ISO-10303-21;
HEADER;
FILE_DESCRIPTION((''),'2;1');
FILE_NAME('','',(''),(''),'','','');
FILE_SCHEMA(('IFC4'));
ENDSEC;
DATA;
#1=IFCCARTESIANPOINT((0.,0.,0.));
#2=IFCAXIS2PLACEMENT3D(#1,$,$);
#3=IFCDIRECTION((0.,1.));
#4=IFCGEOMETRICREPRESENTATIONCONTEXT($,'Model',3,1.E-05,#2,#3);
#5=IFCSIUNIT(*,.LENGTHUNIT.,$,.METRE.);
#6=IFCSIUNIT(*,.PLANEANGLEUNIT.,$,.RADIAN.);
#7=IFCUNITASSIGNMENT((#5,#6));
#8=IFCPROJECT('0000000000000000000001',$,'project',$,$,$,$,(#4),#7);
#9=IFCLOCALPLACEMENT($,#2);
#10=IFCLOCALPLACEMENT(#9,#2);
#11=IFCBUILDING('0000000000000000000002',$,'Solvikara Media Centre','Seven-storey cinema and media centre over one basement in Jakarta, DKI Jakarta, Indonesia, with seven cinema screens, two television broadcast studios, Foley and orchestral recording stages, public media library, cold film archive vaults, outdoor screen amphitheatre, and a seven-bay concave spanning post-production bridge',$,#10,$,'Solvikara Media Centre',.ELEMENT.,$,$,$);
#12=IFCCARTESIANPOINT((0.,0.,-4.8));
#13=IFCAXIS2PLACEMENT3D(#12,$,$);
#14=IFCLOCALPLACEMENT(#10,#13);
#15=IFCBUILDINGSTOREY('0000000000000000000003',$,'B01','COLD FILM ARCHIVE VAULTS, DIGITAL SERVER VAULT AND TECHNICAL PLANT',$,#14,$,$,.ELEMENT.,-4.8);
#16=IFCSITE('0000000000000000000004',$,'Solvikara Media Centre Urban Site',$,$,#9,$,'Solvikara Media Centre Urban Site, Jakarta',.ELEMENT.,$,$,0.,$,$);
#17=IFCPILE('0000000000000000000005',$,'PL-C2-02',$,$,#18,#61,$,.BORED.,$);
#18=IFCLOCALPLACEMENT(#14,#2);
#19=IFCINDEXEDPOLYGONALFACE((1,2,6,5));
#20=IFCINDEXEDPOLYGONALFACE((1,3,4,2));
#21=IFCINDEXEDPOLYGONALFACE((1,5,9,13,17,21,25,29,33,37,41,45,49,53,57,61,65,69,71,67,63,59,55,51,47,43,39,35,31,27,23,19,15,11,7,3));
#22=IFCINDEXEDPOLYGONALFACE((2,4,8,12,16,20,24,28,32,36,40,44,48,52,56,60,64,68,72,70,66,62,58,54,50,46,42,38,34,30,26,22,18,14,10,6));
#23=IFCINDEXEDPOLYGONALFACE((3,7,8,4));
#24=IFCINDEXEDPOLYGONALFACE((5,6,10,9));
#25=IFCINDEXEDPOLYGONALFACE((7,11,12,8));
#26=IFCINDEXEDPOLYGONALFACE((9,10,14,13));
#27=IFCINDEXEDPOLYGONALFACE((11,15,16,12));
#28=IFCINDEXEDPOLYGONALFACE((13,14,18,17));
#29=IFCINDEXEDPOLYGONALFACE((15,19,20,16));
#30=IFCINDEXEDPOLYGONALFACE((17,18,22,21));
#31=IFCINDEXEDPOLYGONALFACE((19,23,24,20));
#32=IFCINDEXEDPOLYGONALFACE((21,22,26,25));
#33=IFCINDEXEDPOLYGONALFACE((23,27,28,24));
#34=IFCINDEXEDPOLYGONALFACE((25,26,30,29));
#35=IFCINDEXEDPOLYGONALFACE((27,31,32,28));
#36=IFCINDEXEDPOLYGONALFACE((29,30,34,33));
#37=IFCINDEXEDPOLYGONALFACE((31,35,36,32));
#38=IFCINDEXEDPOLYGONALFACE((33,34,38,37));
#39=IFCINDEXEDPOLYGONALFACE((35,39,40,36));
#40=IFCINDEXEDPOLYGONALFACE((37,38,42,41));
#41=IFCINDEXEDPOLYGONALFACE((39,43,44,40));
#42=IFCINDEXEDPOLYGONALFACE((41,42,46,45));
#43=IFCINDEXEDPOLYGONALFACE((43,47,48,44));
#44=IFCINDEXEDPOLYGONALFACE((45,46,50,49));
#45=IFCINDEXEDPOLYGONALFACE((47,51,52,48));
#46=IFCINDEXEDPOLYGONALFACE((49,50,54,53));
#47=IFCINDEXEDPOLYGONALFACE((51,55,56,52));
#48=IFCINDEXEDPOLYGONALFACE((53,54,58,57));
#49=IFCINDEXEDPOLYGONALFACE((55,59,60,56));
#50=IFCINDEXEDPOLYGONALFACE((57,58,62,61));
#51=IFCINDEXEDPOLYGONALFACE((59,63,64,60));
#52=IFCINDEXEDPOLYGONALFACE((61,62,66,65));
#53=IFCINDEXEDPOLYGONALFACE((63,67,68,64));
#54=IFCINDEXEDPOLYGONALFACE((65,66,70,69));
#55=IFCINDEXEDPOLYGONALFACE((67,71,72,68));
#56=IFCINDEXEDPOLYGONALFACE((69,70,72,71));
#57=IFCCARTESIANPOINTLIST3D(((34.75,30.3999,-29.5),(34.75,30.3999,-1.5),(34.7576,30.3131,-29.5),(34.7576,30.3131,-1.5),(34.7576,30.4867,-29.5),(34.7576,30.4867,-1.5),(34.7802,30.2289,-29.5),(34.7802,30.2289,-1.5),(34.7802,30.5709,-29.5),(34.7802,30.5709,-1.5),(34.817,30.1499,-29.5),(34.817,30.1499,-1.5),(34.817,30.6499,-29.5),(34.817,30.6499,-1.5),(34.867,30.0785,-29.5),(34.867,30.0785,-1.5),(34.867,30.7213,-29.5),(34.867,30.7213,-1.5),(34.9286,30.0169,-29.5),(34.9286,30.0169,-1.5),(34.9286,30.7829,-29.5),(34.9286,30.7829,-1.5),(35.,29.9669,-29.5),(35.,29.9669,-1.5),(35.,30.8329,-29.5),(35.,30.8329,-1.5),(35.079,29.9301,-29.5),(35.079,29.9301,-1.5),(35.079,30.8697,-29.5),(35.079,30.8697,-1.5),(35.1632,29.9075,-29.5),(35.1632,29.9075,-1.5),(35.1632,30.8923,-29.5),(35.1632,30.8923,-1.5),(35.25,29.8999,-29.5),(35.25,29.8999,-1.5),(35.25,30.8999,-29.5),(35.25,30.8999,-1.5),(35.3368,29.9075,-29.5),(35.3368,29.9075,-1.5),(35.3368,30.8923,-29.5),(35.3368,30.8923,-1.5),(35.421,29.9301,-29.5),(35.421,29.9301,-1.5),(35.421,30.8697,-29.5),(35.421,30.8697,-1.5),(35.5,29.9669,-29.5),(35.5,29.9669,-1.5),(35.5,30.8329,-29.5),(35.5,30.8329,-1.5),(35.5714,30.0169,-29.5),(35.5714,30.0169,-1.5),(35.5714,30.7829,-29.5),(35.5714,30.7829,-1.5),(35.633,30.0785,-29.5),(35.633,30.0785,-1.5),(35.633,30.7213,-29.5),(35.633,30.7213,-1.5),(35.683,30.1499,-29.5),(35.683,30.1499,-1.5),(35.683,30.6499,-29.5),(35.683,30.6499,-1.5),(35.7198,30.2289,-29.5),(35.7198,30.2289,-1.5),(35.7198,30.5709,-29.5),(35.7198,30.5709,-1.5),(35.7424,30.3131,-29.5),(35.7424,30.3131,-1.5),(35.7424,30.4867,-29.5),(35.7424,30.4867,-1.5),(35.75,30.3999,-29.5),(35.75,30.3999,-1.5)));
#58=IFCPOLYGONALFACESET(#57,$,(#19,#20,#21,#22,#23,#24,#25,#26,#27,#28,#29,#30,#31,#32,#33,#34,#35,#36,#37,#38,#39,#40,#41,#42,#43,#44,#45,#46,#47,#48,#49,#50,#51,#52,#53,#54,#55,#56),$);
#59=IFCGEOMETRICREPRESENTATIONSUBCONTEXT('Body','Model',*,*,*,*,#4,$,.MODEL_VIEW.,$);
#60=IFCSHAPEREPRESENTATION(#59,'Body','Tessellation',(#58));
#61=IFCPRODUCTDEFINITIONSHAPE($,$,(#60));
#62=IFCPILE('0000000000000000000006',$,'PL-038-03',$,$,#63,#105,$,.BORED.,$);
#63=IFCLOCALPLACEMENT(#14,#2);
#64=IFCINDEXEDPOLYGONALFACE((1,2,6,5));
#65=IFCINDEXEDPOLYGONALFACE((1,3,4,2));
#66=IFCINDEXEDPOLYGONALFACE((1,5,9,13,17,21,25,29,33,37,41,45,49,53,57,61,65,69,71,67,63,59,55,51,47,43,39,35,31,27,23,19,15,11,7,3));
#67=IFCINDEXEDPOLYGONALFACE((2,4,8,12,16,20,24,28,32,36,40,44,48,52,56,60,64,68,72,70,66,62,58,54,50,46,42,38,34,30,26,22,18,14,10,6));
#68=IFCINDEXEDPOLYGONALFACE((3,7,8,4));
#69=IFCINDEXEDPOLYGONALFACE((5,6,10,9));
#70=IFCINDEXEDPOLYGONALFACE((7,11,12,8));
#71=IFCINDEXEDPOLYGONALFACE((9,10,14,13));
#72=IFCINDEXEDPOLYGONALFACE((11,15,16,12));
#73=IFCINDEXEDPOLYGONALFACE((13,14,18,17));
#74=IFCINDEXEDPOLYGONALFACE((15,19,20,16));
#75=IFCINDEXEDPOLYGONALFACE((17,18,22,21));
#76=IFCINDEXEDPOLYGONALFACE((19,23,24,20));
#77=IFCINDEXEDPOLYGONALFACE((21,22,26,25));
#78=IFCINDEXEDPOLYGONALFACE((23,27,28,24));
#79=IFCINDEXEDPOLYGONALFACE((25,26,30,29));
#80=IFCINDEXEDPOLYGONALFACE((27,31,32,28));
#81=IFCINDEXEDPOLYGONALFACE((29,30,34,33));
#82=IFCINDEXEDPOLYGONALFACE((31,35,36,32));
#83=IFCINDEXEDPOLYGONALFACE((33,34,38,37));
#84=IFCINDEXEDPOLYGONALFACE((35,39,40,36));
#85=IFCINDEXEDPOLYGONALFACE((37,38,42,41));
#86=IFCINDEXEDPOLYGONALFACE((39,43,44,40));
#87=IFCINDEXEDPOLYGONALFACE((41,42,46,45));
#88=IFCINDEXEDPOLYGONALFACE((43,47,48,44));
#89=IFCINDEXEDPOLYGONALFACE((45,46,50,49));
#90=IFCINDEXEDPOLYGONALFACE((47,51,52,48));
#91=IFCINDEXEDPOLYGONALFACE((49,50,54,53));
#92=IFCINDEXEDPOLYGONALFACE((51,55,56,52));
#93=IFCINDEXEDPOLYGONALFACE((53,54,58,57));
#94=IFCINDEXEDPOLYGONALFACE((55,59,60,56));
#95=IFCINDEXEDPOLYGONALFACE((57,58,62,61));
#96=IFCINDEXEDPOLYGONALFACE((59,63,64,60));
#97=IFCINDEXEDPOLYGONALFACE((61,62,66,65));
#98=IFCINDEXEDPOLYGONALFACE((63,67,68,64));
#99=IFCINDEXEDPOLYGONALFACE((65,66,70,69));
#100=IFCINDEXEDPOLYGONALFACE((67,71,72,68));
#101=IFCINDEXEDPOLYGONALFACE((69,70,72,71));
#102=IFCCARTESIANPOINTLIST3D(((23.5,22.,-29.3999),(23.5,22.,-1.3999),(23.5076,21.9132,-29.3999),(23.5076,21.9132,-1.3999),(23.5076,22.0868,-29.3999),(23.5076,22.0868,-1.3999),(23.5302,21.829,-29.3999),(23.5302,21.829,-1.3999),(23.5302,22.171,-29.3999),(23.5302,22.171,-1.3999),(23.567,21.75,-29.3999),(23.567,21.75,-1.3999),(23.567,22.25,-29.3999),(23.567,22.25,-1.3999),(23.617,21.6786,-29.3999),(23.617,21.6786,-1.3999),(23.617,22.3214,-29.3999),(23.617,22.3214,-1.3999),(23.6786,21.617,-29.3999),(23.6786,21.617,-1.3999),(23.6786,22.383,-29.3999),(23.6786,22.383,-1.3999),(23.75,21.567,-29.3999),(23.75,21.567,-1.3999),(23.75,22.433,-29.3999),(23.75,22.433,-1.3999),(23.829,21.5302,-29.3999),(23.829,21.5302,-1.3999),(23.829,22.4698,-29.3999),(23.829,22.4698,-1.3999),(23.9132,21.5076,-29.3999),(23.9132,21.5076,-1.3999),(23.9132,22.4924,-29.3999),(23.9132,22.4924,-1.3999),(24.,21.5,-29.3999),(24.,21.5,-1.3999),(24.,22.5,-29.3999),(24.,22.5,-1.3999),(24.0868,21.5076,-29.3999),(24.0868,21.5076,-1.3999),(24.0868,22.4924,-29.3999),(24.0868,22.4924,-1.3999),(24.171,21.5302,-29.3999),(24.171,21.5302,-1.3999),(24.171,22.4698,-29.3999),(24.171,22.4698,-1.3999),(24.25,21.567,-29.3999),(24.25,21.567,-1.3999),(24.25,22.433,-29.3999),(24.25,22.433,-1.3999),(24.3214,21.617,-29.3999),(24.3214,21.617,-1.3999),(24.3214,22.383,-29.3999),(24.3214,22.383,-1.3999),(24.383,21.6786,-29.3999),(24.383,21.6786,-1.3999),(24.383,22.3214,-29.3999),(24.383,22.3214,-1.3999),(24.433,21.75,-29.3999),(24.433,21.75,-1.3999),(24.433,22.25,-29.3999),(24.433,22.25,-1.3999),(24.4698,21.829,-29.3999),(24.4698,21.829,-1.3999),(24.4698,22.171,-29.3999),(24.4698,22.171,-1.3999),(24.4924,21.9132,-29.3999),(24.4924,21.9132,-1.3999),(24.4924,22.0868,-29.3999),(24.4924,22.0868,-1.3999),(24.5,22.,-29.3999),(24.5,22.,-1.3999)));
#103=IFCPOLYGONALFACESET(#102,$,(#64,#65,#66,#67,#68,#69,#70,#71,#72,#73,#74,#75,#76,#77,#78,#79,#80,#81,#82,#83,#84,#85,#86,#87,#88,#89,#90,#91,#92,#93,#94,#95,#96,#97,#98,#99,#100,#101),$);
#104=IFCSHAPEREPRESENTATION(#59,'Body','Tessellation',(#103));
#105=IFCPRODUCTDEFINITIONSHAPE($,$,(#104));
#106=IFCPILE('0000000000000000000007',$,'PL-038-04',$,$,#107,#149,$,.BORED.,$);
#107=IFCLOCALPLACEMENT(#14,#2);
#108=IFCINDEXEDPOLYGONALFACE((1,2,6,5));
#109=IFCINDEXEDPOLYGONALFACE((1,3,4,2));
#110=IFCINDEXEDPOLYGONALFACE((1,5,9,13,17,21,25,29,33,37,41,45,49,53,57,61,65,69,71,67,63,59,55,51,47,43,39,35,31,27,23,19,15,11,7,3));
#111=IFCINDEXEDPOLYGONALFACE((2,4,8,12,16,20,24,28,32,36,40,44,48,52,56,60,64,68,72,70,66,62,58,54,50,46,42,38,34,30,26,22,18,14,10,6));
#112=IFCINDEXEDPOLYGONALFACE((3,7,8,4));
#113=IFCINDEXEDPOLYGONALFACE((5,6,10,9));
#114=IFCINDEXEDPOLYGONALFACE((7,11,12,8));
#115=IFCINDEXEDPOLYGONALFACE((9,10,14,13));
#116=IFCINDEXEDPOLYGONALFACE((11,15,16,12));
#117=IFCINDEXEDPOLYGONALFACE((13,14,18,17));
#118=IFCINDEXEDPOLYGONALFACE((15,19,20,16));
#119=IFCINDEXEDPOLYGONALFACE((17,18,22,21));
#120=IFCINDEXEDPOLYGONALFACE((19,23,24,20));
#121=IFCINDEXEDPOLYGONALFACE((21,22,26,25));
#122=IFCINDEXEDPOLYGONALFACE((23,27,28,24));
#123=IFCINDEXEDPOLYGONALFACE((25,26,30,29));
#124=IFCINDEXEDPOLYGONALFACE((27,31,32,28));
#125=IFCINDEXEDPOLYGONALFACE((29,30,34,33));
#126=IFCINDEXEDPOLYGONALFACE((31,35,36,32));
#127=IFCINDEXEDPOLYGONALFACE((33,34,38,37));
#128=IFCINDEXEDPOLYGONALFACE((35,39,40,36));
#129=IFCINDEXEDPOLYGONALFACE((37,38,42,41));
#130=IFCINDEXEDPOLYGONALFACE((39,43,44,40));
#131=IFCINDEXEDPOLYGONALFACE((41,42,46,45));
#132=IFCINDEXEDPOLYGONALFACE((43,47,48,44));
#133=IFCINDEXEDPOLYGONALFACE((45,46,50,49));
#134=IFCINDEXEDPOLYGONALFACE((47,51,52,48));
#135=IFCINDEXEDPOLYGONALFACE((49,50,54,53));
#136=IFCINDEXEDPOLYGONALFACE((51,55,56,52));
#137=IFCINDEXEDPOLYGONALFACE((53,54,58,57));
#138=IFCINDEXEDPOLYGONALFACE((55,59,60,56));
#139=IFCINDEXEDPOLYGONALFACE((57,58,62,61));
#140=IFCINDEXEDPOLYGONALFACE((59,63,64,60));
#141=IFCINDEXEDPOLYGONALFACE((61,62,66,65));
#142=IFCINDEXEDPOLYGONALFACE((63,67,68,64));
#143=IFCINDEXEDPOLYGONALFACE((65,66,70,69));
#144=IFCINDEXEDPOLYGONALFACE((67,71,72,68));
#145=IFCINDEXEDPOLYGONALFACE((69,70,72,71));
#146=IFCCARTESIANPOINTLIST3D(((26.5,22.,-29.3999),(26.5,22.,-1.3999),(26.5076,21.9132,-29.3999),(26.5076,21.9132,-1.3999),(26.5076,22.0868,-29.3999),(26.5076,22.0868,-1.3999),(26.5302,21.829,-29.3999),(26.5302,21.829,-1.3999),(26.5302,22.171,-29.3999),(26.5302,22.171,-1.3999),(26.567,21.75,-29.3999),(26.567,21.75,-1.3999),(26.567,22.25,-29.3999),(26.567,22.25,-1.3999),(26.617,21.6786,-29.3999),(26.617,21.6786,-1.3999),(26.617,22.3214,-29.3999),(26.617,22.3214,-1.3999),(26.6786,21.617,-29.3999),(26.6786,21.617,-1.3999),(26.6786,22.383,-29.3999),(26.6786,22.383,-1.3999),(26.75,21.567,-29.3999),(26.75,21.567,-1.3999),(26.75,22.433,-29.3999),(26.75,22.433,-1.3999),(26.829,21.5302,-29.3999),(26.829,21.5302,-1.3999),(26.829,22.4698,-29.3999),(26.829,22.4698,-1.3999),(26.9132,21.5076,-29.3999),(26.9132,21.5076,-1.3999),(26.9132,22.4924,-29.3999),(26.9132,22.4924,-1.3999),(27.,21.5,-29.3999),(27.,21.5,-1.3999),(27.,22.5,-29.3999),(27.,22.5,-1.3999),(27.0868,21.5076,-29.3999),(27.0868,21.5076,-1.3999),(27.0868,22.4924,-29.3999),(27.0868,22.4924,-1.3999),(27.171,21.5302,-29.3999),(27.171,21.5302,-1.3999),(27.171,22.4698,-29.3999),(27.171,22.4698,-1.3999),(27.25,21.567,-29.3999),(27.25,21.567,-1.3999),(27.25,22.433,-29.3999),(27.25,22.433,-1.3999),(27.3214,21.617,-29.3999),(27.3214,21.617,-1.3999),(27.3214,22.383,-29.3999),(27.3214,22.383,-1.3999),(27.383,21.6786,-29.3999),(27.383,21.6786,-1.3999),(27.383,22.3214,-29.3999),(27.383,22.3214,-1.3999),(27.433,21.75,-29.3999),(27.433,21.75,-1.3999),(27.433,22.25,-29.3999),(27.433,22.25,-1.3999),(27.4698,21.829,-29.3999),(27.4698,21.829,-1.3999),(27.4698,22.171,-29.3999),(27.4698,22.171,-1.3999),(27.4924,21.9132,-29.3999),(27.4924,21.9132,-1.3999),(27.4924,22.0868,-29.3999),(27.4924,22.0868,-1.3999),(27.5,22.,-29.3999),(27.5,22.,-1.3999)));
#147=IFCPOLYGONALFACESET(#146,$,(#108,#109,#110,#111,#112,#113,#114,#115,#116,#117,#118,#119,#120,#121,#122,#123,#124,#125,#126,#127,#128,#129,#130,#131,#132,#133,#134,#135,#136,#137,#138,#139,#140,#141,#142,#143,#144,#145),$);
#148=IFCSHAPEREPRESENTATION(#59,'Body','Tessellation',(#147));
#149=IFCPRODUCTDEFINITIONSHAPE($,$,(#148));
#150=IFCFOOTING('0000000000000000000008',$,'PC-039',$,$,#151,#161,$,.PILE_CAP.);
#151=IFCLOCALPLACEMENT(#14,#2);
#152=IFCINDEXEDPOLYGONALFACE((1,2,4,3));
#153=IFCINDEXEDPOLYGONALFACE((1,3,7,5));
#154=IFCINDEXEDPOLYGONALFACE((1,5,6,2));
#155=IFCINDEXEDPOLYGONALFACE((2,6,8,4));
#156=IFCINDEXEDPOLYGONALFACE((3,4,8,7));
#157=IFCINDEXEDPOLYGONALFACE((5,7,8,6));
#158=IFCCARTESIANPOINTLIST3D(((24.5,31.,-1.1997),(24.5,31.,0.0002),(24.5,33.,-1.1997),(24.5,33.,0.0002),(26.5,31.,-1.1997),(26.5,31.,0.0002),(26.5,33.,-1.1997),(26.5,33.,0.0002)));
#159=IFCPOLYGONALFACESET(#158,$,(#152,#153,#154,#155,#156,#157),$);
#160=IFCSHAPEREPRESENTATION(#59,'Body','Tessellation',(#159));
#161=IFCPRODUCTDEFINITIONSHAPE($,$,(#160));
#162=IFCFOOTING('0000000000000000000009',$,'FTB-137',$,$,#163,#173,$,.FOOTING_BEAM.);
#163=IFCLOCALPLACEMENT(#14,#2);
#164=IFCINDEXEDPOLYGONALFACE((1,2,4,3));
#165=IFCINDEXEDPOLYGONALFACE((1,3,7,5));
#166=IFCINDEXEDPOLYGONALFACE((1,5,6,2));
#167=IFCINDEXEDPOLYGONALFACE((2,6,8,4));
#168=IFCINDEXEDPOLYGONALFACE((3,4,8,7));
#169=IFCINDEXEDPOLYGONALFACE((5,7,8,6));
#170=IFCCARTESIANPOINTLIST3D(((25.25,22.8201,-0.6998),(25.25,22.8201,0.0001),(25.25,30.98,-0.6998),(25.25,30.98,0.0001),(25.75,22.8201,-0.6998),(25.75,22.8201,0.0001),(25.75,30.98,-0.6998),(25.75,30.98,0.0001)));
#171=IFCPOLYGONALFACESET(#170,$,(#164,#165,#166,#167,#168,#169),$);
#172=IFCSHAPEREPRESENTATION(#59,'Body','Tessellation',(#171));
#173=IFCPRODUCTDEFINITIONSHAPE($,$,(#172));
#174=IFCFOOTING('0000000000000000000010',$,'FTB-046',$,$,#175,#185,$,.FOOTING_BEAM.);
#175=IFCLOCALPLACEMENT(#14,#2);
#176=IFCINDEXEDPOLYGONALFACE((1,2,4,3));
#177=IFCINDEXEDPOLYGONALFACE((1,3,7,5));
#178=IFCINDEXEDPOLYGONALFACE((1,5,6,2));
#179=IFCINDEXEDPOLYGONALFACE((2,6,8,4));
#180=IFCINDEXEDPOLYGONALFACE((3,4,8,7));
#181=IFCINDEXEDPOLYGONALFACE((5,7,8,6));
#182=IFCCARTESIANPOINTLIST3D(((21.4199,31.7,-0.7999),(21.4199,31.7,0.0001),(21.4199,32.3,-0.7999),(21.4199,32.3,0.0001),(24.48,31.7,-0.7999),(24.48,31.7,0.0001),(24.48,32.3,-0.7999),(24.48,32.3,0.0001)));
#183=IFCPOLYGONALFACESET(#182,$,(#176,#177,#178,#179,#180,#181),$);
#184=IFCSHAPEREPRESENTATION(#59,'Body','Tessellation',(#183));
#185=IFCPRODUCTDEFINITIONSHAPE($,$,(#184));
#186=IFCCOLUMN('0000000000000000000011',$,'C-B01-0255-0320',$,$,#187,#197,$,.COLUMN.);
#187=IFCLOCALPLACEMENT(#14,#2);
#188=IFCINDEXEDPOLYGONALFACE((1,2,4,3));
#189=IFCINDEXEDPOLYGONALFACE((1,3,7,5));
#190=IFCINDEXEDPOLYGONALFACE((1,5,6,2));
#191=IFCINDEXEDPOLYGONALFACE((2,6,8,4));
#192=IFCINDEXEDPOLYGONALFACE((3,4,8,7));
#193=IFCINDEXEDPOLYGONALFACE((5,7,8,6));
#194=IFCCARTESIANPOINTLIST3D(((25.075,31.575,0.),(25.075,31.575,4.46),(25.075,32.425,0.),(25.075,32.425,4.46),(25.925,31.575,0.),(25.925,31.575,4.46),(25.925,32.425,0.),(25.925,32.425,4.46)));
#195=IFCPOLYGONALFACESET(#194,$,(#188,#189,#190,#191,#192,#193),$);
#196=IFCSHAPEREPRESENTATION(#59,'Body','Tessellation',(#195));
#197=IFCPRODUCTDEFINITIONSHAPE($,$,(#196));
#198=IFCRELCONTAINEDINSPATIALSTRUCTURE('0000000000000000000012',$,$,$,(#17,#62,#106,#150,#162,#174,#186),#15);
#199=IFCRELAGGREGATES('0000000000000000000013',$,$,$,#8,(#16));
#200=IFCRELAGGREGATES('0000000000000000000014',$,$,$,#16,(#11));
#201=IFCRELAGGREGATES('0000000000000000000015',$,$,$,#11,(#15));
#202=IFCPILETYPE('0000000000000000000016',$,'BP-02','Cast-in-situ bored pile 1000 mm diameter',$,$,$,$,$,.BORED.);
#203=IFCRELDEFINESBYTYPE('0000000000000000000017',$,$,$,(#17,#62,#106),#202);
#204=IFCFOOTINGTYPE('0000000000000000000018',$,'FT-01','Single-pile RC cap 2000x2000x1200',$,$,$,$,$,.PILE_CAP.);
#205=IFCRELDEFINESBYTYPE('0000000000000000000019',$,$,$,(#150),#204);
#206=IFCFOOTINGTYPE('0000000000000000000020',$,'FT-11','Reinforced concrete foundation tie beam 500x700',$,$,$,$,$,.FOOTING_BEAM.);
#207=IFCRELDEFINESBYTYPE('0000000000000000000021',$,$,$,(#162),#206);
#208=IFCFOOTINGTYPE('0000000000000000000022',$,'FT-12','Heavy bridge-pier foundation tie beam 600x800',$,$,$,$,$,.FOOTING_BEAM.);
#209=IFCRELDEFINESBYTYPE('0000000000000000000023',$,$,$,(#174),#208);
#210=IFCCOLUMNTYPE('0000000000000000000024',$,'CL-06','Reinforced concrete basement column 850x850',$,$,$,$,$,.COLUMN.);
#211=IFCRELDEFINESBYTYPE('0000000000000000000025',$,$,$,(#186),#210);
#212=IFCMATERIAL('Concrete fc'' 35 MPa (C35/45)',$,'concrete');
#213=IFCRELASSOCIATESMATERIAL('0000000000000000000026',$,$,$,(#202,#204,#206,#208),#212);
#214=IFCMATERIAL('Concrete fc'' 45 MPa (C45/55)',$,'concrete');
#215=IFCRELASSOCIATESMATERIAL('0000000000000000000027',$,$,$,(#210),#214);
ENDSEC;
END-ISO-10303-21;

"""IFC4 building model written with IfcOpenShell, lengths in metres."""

from ifc_helpers import new_model, si_unit, direction, frame, origin, origin_2d, place, context, subcontext, project, spatial, rectangle, circle, extrude, material, material_profile, profile_set, type_object, element, save


model = new_model("IFC4")

# Units and contexts
model_context = context("Model", 3, precision=1e-05, world=origin(), true_north=direction((0.0, 1.0)))
body_context = subcontext(model_context, "Body", "Model", "MODEL_VIEW")
ifc_project = project(units=[si_unit("LENGTHUNIT", "METRE"), si_unit("PLANEANGLEUNIT", "RADIAN")], contexts=[model_context])

# Site, building, storey
site_placement = place(None, origin())
site = spatial("IfcSite", under=ifc_project, at=site_placement, Name="Solvikara Media Centre Urban Site", LongName="Solvikara Media Centre Urban Site, Jakarta", CompositionType="ELEMENT", RefElevation=0.0)
building_placement = place(site_placement, origin())
building = spatial("IfcBuilding", under=site, at=building_placement, Name="Solvikara Media Centre", Description="Seven-storey cinema and media centre over one basement in Jakarta, DKI Jakarta, Indonesia, with seven cinema screens, two television broadcast studios, Foley and orchestral recording stages, public media library, cold film archive vaults, outdoor screen amphitheatre, and a seven-bay concave spanning post-production bridge", LongName="Solvikara Media Centre", CompositionType="ELEMENT")
storey_placement = place(building_placement, frame((0.0, 0.0, -4.8)))
storey = spatial("IfcBuildingStorey", under=building, at=storey_placement, Name="B01", Description="COLD FILM ARCHIVE VAULTS, DIGITAL SERVER VAULT AND TECHNICAL PLANT", CompositionType="ELEMENT", Elevation=-4.8)

# Piles
ifc_material_1 = material(Name="Concrete fc' 35 MPa (C35/45)", Category="concrete")
ifc_material_profile_1 = material_profile(ifc_material_1, circle(Radius=0.5, at=origin_2d()), Name="BORED PILE D1000")
ifc_profile_set_1 = profile_set([ifc_material_profile_1], Name="Concrete fc' 35 MPa (C35/45)")
pile_type_1 = type_object("IfcPileType", Name="BP-02", Description="Cast-in-situ bored pile 1000 mm diameter", PredefinedType="BORED", material=ifc_profile_set_1)
for number, where, z_axis, x_axis, name in (
    (1, (35.25, 30.3999, -1.5), (0.0, 0.0, -1.0), (1.0, 0.0, 0.0), "PL-C2-02"),
    (2, (24.0, 22.0, -1.3999), (0.0, 0.0, -1.0), (1.0, 0.0, 0.0), "PL-038-03"),
    (3, (27.0, 22.0, -1.3999), (0.0, 0.0, -1.0), (1.0, 0.0, 0.0), "PL-038-04"),
):
    element("IfcPile", number, at=place(storey_placement, frame(where, z_axis=z_axis, x_axis=x_axis)), inside=storey, type_object=pile_type_1, Name=name, PredefinedType="BORED", context=body_context, shape_type="SweptSolid", body=[
        extrude(circle(Radius=0.5, at=origin_2d()), origin(), (0.0, 0.0, 1.0), 28.0),
    ])

# Footings
footing_type_1 = type_object("IfcFootingType", Name="FT-01", Description="Single-pile RC cap 2000x2000x1200", PredefinedType="PILE_CAP", material=ifc_material_1)
footing_1_placement = place(storey_placement, frame((25.5, 32.0, -1.1997), z_axis=(0.0, 0.0, 1.0), x_axis=(1.0, 0.0, 0.0)))
element("IfcFooting", 4, at=footing_1_placement, inside=storey, type_object=footing_type_1, Name="PC-039", PredefinedType="PILE_CAP", context=body_context, shape_type="SweptSolid", body=[
    extrude(rectangle(XDim=2.0, YDim=2.0, at=origin_2d()), origin(), (0.0, 0.0, 1.0), 1.2),
])
ifc_material_profile_2 = material_profile(ifc_material_1, rectangle(XDim=0.5, YDim=0.7, at=origin_2d()), Name="RC 500x700")
ifc_profile_set_2 = profile_set([ifc_material_profile_2], Name="Concrete fc' 35 MPa (C35/45)")
footing_type_2 = type_object("IfcFootingType", Name="FT-11", Description="Reinforced concrete foundation tie beam 500x700", PredefinedType="FOOTING_BEAM", material=ifc_profile_set_2)
footing_2_placement = place(storey_placement, frame((25.5, 22.8201, -0.3499), z_axis=(0.0, 1.0, 0.0), x_axis=(-1.0, 0.0, 0.0)))
element("IfcFooting", 5, at=footing_2_placement, inside=storey, type_object=footing_type_2, Name="FTB-137", PredefinedType="FOOTING_BEAM", context=body_context, shape_type="SweptSolid", body=[
    extrude(rectangle(XDim=0.5, YDim=0.7, at=origin_2d()), origin(), (0.0, 0.0, 1.0), 8.1599),
])
ifc_material_profile_3 = material_profile(ifc_material_1, rectangle(XDim=0.6001, YDim=0.8, at=origin_2d()), Name="RC 600x800")
ifc_profile_set_3 = profile_set([ifc_material_profile_3], Name="Concrete fc' 35 MPa (C35/45)")
footing_type_3 = type_object("IfcFootingType", Name="FT-12", Description="Heavy bridge-pier foundation tie beam 600x800", PredefinedType="FOOTING_BEAM", material=ifc_profile_set_3)
footing_3_placement = place(storey_placement, frame((21.4199, 32.0, -0.3999), z_axis=(1.0, 0.0, 0.0), x_axis=(0.0, 1.0, 0.0)))
element("IfcFooting", 6, at=footing_3_placement, inside=storey, type_object=footing_type_3, Name="FTB-046", PredefinedType="FOOTING_BEAM", context=body_context, shape_type="SweptSolid", body=[
    extrude(rectangle(XDim=0.6001, YDim=0.8, at=origin_2d()), origin(), (0.0, 0.0, 1.0), 3.0601),
])

# Column
ifc_material_2 = material(Name="Concrete fc' 45 MPa (C45/55)", Category="concrete")
ifc_material_profile_4 = material_profile(ifc_material_2, rectangle(XDim=0.8501, YDim=0.8501, at=origin_2d()), Name="RC 850x850")
ifc_profile_set_4 = profile_set([ifc_material_profile_4], Name="Concrete fc' 45 MPa (C45/55)")
column_type_1 = type_object("IfcColumnType", Name="CL-06", Description="Reinforced concrete basement column 850x850", PredefinedType="COLUMN", material=ifc_profile_set_4)
column_1_placement = place(storey_placement, frame((25.5, 32.0, 0.0), z_axis=(0.0, 0.0, 1.0), x_axis=(1.0, 0.0, 0.0)))
element("IfcColumn", 7, at=column_1_placement, inside=storey, type_object=column_type_1, Name="C-B01-0255-0320", PredefinedType="COLUMN", context=body_context, shape_type="SweptSolid", body=[
    extrude(rectangle(XDim=0.8501, YDim=0.8501, at=origin_2d()), origin(), (0.0, 0.0, 1.0), 4.46),
])

save(model, "model.ifc")
